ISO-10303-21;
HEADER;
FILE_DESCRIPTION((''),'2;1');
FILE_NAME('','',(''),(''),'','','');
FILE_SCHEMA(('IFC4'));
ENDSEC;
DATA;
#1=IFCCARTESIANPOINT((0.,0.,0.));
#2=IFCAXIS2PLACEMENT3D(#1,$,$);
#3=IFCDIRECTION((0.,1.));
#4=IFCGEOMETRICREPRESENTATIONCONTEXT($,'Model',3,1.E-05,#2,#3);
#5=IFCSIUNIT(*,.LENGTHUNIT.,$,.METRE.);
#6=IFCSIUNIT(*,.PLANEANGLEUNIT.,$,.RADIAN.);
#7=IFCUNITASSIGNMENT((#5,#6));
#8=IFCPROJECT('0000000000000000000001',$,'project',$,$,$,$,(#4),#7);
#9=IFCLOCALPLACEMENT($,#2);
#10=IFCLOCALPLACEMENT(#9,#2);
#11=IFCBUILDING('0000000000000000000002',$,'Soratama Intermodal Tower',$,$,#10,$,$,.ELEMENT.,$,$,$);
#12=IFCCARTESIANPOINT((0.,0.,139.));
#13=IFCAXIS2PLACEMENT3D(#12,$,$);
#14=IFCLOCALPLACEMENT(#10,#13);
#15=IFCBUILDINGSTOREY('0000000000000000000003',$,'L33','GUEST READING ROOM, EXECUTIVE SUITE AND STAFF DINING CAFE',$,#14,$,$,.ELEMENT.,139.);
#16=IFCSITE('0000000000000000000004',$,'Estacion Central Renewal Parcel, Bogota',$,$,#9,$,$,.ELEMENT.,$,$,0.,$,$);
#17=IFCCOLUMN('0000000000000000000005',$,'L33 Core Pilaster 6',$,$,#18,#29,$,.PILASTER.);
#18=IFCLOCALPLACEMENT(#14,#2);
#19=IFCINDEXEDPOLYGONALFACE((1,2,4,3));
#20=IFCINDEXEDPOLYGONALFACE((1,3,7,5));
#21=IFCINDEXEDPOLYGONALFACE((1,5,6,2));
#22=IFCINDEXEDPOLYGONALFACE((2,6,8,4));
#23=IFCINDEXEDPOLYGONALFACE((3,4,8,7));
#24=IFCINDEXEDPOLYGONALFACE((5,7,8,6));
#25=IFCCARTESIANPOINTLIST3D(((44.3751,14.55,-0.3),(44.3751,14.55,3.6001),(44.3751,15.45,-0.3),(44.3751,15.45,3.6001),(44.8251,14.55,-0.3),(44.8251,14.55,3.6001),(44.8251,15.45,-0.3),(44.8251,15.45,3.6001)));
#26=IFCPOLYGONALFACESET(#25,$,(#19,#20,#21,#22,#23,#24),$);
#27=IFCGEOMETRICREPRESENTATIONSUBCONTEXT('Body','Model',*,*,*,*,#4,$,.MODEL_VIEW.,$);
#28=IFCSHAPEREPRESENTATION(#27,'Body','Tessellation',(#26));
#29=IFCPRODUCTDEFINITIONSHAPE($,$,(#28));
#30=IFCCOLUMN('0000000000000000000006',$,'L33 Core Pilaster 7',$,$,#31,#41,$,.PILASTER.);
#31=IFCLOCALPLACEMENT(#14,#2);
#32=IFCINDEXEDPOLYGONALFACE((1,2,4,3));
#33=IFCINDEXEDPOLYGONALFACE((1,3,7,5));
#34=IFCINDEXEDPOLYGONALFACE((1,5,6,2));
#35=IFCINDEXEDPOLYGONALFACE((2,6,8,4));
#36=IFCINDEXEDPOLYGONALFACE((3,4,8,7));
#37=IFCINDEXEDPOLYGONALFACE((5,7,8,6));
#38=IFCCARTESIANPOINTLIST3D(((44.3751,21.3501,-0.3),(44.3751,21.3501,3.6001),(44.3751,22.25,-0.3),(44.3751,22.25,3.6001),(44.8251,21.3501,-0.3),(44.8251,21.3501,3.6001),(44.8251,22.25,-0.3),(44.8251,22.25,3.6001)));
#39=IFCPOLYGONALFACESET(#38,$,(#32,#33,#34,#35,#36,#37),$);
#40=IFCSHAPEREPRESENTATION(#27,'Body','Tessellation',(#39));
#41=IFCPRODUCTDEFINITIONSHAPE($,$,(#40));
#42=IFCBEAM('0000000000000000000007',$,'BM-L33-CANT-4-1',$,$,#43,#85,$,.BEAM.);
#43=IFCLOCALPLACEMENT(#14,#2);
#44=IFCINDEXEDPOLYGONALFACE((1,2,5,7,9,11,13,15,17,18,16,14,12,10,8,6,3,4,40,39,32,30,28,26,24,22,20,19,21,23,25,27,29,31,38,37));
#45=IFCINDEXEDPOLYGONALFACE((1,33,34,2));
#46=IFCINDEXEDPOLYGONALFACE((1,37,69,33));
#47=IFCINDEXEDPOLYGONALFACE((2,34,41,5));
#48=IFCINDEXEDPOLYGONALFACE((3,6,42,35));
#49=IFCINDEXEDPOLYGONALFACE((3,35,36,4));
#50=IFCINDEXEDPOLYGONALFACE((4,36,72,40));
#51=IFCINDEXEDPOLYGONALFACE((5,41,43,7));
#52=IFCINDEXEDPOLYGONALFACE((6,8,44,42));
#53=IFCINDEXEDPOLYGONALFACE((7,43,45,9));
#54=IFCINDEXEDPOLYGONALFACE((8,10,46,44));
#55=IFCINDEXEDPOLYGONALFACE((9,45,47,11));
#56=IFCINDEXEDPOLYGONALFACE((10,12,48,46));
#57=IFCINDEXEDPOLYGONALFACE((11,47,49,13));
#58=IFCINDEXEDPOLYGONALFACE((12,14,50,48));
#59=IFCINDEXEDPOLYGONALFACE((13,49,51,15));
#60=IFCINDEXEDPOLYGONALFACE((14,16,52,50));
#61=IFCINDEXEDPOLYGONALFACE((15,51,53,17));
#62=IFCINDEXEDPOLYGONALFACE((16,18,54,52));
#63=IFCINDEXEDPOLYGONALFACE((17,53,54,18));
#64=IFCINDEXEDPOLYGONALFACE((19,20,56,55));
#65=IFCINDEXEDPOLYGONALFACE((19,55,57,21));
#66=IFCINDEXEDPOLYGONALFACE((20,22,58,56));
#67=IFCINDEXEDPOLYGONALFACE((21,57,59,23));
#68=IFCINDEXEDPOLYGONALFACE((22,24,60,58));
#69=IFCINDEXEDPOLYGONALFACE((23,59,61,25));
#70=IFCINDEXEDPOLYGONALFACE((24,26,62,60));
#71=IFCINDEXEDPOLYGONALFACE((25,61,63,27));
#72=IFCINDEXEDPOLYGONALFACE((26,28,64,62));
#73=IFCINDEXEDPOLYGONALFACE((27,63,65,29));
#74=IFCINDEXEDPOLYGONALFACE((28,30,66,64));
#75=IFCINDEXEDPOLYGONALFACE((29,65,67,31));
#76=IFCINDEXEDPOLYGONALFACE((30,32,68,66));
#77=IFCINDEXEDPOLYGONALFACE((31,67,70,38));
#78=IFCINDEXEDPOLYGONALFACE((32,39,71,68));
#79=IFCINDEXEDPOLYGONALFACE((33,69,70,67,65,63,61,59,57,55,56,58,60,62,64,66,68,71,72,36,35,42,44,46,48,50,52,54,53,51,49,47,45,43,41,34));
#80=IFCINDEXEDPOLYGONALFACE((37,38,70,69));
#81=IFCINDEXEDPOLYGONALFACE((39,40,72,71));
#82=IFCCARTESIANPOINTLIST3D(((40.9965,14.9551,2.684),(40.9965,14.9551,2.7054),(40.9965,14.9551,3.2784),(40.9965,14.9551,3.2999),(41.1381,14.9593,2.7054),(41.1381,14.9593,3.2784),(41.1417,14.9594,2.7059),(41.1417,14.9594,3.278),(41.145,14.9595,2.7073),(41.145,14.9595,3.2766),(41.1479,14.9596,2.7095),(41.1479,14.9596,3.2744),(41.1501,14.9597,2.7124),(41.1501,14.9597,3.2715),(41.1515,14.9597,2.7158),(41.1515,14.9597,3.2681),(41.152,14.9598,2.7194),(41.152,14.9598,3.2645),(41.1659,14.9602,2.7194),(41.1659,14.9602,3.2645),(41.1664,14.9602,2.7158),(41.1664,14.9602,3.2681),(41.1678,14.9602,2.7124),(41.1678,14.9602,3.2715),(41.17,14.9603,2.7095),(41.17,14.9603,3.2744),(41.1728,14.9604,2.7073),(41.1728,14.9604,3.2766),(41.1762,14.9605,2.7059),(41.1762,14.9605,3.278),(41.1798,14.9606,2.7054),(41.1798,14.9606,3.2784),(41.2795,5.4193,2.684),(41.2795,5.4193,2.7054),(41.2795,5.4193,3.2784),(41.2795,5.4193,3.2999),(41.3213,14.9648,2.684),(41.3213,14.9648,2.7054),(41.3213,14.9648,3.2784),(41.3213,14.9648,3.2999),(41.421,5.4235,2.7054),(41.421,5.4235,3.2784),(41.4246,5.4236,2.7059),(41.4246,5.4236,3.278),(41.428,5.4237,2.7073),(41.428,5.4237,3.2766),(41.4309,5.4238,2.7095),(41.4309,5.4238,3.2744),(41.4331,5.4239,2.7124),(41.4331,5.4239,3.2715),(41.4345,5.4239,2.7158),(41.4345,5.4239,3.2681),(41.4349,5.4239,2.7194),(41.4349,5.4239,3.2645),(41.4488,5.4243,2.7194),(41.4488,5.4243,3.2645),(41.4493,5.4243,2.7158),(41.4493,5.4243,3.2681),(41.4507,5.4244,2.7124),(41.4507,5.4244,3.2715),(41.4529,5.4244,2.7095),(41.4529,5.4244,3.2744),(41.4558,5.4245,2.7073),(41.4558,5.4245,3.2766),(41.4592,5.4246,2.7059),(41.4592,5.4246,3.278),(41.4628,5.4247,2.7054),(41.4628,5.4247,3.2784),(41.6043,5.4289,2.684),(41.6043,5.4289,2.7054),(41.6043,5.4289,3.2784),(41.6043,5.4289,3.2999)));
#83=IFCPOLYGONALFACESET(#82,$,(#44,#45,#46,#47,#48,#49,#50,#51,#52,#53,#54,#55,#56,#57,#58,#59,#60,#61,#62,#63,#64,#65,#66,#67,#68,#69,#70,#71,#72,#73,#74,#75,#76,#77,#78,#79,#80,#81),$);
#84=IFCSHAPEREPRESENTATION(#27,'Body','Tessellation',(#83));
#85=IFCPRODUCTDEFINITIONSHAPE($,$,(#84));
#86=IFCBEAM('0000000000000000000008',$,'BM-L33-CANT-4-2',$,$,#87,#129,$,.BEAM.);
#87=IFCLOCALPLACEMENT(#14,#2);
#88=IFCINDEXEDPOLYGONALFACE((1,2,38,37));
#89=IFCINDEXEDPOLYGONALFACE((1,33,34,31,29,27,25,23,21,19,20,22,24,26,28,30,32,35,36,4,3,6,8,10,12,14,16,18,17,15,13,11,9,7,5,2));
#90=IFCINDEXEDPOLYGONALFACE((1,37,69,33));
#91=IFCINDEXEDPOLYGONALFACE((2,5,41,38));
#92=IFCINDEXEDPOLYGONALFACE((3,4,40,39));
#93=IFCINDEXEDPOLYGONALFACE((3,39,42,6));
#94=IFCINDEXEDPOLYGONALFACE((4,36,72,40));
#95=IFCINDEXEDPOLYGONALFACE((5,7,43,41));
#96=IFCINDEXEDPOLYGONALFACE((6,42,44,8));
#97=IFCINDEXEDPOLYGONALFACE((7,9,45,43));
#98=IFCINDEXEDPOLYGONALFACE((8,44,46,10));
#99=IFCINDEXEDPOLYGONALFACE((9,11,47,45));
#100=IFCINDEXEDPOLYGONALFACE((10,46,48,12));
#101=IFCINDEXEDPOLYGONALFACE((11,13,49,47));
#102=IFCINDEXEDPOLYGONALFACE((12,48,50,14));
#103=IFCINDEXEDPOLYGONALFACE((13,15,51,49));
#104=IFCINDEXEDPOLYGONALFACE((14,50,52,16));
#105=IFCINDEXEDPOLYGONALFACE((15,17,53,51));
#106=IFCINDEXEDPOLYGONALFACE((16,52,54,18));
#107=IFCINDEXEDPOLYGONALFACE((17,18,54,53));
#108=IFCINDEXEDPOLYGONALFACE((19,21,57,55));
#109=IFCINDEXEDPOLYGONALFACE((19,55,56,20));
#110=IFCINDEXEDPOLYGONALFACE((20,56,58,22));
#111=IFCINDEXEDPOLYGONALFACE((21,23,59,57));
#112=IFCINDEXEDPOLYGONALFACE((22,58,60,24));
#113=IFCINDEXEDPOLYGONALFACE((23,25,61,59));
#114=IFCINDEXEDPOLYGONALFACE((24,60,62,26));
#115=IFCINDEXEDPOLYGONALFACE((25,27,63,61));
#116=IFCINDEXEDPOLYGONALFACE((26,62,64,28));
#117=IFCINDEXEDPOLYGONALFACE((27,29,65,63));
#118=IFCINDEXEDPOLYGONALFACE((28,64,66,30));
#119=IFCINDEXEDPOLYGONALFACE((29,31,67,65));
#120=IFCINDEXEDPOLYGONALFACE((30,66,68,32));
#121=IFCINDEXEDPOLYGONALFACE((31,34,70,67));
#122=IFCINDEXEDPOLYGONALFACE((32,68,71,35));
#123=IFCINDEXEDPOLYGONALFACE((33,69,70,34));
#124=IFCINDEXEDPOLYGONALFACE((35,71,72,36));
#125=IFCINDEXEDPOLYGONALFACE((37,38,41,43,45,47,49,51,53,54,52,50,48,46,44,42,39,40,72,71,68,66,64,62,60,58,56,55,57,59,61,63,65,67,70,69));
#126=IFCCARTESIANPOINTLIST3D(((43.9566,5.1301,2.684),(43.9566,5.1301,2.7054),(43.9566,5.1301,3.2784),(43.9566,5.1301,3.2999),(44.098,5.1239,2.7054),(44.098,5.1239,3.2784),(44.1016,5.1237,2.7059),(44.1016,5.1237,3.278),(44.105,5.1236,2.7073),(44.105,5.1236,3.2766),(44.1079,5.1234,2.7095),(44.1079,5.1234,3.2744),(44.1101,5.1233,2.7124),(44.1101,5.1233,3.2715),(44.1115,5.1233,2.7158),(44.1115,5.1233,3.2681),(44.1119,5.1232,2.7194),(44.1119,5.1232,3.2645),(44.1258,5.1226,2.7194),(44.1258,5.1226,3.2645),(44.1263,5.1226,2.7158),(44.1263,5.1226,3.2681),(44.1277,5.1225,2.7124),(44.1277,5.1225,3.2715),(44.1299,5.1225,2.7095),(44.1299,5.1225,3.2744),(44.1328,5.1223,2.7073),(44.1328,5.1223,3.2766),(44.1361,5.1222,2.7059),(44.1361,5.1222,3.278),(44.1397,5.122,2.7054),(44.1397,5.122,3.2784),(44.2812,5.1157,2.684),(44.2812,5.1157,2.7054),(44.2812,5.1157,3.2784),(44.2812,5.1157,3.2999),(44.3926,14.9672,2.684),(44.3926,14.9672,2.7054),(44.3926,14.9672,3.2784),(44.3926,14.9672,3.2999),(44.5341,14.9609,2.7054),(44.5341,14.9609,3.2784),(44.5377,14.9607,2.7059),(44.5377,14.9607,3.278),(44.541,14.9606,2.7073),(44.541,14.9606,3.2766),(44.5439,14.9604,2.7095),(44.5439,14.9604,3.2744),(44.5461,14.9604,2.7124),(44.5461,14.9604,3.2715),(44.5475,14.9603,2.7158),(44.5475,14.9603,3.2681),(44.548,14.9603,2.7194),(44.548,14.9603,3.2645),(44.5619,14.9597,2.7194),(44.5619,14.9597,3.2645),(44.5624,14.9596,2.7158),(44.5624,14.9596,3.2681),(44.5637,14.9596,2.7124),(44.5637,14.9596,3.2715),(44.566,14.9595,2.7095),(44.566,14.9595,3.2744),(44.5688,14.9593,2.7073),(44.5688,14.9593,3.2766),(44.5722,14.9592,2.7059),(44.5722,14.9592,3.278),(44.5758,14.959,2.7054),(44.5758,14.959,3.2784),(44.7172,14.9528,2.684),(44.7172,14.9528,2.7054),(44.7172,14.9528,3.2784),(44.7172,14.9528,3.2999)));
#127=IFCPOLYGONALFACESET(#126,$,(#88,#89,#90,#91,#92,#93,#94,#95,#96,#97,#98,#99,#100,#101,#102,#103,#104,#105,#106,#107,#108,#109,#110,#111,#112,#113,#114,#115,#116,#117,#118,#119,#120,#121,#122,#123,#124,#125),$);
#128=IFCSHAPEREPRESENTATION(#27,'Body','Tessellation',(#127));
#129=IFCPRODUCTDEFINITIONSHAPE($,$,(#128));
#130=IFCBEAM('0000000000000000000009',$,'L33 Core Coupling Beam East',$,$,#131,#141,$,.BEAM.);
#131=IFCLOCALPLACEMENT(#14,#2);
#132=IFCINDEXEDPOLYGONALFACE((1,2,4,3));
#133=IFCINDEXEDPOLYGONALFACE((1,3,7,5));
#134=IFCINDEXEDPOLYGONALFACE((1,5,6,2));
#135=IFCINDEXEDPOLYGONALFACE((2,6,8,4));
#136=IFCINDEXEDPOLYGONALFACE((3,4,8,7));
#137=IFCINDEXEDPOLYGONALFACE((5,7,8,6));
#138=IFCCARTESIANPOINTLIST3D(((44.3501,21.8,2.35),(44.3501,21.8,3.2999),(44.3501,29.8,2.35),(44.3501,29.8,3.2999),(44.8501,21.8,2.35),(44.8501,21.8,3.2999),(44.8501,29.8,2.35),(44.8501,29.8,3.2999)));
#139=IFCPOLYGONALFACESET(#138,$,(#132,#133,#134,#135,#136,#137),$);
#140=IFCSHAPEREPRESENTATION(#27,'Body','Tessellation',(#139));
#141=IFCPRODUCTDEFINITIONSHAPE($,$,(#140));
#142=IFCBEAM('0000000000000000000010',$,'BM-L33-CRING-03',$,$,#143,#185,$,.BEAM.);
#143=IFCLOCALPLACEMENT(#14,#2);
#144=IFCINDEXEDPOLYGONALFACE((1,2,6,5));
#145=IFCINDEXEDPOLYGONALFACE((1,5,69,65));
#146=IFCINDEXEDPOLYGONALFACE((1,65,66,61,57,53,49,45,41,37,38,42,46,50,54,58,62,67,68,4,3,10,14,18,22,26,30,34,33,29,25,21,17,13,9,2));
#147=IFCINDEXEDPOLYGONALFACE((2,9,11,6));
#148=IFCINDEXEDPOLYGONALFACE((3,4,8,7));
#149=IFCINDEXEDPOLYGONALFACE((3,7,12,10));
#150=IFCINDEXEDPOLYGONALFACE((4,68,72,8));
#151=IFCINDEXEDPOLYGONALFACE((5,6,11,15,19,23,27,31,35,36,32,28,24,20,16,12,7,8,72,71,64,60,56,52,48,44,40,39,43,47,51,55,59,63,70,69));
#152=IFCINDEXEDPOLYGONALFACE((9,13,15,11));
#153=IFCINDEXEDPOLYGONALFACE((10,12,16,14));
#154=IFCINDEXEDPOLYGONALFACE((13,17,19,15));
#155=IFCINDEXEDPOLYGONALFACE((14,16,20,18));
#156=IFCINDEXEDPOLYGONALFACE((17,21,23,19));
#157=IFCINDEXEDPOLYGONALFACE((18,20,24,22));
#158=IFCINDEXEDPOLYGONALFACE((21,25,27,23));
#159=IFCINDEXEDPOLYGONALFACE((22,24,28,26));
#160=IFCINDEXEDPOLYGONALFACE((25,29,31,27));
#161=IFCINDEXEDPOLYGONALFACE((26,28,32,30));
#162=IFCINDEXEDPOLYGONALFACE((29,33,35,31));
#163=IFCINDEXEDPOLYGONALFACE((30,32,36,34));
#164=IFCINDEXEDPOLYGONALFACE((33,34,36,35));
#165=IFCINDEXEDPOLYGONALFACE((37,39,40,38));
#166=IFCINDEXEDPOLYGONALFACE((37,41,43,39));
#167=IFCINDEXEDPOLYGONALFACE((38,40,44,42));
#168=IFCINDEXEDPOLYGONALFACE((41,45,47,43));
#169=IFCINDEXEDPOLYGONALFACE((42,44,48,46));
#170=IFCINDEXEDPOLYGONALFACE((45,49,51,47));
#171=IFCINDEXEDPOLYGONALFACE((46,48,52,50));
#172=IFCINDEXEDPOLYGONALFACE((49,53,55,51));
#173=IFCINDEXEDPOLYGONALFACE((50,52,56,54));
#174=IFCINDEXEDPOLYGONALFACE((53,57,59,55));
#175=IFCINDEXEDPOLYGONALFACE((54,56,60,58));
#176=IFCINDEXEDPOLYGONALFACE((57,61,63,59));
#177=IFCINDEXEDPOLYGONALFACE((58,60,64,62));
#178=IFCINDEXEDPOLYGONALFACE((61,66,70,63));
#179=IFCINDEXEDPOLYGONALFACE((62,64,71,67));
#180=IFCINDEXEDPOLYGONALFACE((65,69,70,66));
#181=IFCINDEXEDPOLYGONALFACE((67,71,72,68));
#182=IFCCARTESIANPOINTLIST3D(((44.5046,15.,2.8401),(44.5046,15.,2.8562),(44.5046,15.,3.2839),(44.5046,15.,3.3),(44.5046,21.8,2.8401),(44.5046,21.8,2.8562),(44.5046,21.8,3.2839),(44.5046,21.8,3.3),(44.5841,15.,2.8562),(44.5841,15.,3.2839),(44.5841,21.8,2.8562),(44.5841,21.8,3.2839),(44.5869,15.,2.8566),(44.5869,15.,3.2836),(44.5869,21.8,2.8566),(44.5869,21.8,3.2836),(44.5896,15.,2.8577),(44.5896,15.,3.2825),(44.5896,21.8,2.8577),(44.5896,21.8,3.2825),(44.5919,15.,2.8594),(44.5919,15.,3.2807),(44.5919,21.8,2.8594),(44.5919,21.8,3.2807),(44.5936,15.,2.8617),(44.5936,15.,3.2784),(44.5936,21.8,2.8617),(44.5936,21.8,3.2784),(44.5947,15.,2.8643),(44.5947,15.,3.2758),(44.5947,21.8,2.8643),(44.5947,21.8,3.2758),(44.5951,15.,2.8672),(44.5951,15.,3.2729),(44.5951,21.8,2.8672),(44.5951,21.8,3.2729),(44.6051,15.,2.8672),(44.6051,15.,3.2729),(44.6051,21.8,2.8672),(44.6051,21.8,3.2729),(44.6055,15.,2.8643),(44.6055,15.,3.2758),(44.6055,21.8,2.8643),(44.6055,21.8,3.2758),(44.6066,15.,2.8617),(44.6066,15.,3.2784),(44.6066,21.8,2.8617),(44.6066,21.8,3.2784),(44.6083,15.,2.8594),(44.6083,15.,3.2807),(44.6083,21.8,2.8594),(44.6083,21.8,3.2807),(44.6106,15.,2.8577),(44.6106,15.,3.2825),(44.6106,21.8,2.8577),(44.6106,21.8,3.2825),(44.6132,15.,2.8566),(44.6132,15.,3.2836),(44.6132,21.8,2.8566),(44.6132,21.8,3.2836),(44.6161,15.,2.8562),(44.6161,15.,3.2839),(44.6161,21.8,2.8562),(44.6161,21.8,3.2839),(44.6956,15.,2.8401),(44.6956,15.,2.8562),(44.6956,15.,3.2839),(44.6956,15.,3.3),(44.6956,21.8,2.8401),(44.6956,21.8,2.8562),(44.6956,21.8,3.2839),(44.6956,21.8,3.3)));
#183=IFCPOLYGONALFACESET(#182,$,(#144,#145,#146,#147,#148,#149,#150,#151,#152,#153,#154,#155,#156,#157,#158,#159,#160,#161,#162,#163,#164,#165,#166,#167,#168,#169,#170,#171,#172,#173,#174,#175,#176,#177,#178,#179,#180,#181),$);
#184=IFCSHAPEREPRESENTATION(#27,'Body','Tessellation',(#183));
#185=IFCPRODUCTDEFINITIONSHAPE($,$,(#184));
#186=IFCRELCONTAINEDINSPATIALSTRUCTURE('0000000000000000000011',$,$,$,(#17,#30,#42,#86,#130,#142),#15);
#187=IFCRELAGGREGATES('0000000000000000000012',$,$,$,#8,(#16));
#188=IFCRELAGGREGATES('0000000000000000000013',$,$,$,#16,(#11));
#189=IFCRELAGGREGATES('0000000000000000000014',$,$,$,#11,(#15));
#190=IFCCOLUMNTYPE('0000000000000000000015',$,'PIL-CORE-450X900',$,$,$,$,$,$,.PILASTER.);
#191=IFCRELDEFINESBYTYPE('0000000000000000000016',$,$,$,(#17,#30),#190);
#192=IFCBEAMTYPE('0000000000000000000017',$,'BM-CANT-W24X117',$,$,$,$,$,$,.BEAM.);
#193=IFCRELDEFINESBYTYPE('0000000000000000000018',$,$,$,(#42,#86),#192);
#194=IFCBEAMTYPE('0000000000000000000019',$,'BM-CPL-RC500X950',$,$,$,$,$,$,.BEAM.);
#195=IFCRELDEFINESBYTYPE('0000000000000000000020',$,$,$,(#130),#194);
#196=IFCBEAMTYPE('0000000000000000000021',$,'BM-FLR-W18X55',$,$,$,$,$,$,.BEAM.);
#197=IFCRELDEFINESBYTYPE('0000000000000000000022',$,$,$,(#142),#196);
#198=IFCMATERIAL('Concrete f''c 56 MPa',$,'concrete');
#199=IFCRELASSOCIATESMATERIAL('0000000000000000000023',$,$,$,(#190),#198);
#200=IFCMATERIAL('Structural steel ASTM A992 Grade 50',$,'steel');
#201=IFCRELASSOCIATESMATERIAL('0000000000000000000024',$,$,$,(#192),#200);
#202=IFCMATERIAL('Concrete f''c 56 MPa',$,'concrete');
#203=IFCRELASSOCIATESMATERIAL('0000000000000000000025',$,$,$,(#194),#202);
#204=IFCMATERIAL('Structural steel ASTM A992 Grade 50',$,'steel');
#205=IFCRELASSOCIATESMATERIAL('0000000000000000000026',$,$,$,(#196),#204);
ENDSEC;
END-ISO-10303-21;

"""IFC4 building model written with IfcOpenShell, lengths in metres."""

from ifc_helpers import new_model, si_unit, direction, frame, origin, origin_2d, place, context, subcontext, project, spatial, rectangle, i_section, extrude, material, material_profile, profile_set, type_object, element, save


model = new_model("IFC4")

# Units and contexts
model_context = context("Model", 3, precision=1e-05, world=origin(), true_north=direction((0.0, 1.0)))
body_context = subcontext(model_context, "Body", "Model", "MODEL_VIEW")
ifc_project = project(units=[si_unit("LENGTHUNIT", "METRE"), si_unit("PLANEANGLEUNIT", "RADIAN")], contexts=[model_context])

# Site, building, storey
site_placement = place(None, origin())
site = spatial("IfcSite", under=ifc_project, at=site_placement, Name="Estacion Central Renewal Parcel, Bogota", CompositionType="ELEMENT", RefElevation=0.0)
building_placement = place(site_placement, origin())
building = spatial("IfcBuilding", under=site, at=building_placement, Name="Soratama Intermodal Tower", CompositionType="ELEMENT")
storey_placement = place(building_placement, frame((0.0, 0.0, 139.0)))
storey = spatial("IfcBuildingStorey", under=building, at=storey_placement, Name="L33", Description="GUEST READING ROOM, EXECUTIVE SUITE AND STAFF DINING CAFE", CompositionType="ELEMENT", Elevation=139.0)

# Columns
ifc_material_1 = material(Name="Concrete f'c 56 MPa", Category="concrete")
ifc_material_profile_1 = material_profile(ifc_material_1, rectangle(XDim=0.45, YDim=0.8999, at=origin_2d()), Name="RC450X900")
ifc_profile_set_1 = profile_set([ifc_material_profile_1], Name="Concrete f'c 56 MPa")
column_type = type_object("IfcColumnType", Name="PIL-CORE-450X900", PredefinedType="PILASTER", material=ifc_profile_set_1)
for number, where, z_axis, x_axis, name in (
    (1, (44.6001, 15.0, -0.3), (0.0, 0.0, 1.0), (1.0, 0.0, 0.0), "L33 Core Pilaster 6"),
    (2, (44.6001, 21.8, -0.3), (0.0, 0.0, 1.0), (1.0, 0.0, 0.0), "L33 Core Pilaster 7"),
):
    element("IfcColumn", number, at=place(storey_placement, frame(where, z_axis=z_axis, x_axis=x_axis)), inside=storey, type_object=column_type, Name=name, PredefinedType="PILASTER", context=body_context, shape_type="SweptSolid", body=[
        extrude(rectangle(XDim=0.45, YDim=0.8999, at=origin_2d()), origin(), (0.0, 0.0, 1.0), 3.9001),
    ])

# Beams
ifc_material_2 = material(Name="Structural steel ASTM A992 Grade 50", Category="steel")
ifc_material_profile_2 = material_profile(ifc_material_2, i_section(OverallWidth=0.325, OverallDepth=0.616, WebThickness=0.0139, FlangeThickness=0.0215, FilletRadius=0.0139, at=origin_2d()), Name="W24X117")
ifc_profile_set_2 = profile_set([ifc_material_profile_2], Name="Structural steel ASTM A992 Grade 50")
beam_type_1 = type_object("IfcBeamType", Name="BM-CANT-W24X117", PredefinedType="BEAM", material=ifc_profile_set_2)
beam_1_placement = place(storey_placement, frame((41.1589, 14.96, 2.9919), z_axis=(0.02966, -0.99956, 0.0), x_axis=(0.99956, 0.02966, 0.0)))
element("IfcBeam", 3, at=beam_1_placement, inside=storey, type_object=beam_type_1, Name="BM-L33-CANT-4-1", PredefinedType="BEAM", context=body_context, shape_type="SweptSolid", body=[
    extrude(i_section(OverallWidth=0.325, OverallDepth=0.616, WebThickness=0.0139, FlangeThickness=0.0215, FilletRadius=0.0139, at=origin_2d()), origin(), (0.0, 0.0, 1.0), 9.54),
])
beam_2_placement = place(storey_placement, frame((44.5549, 14.96, 2.9919), z_axis=(-0.044283, -0.999019, 0.0), x_axis=(0.999019, -0.044283, 0.0)))
element("IfcBeam", 4, at=beam_2_placement, inside=storey, type_object=beam_type_1, Name="BM-L33-CANT-4-2", PredefinedType="BEAM", context=body_context, shape_type="SweptSolid", body=[
    extrude(i_section(OverallWidth=0.325, OverallDepth=0.616, WebThickness=0.0139, FlangeThickness=0.0215, FilletRadius=0.0139, at=origin_2d()), origin(), (0.0, 0.0, 1.0), 9.8467),
])
ifc_material_3 = material(Name="Concrete f'c 56 MPa", Category="concrete")
ifc_material_profile_3 = material_profile(ifc_material_3, rectangle(XDim=0.5, YDim=0.95, at=origin_2d()), Name="RC500X950")
ifc_profile_set_3 = profile_set([ifc_material_profile_3], Name="Concrete f'c 56 MPa")
beam_type_2 = type_object("IfcBeamType", Name="BM-CPL-RC500X950", PredefinedType="BEAM", material=ifc_profile_set_3)
beam_3_placement = place(storey_placement, frame((44.6001, 21.8, 2.825), z_axis=(0.0, 1.0, 0.0), x_axis=(-1.0, 0.0, 0.0)))
element("IfcBeam", 5, at=beam_3_placement, inside=storey, type_object=beam_type_2, Name="L33 Core Coupling Beam East", PredefinedType="BEAM", context=body_context, shape_type="SweptSolid", body=[
    extrude(rectangle(XDim=0.5, YDim=0.95, at=origin_2d()), origin(), (0.0, 0.0, 1.0), 8.0),
])
ifc_material_4 = material(Name="Structural steel ASTM A992 Grade 50", Category="steel")
ifc_material_profile_4 = material_profile(ifc_material_4, i_section(OverallWidth=0.1909, OverallDepth=0.46, WebThickness=0.01, FlangeThickness=0.0161, FilletRadius=0.011, at=origin_2d()), Name="W18X55")
ifc_profile_set_4 = profile_set([ifc_material_profile_4], Name="Structural steel ASTM A992 Grade 50")
beam_type_3 = type_object("IfcBeamType", Name="BM-FLR-W18X55", PredefinedType="BEAM", material=ifc_profile_set_4)
beam_4_placement = place(storey_placement, frame((44.6001, 15.0, 3.0701), z_axis=(0.0, 1.0, 0.0), x_axis=(-1.0, 0.0, 0.0)))
element("IfcBeam", 6, at=beam_4_placement, inside=storey, type_object=beam_type_3, Name="BM-L33-CRING-03", PredefinedType="BEAM", context=body_context, shape_type="SweptSolid", body=[
    extrude(i_section(OverallWidth=0.1909, OverallDepth=0.46, WebThickness=0.01, FlangeThickness=0.0161, FilletRadius=0.011, at=origin_2d()), origin(), (0.0, 0.0, 1.0), 6.8),
])

save(model, "model.ifc")
